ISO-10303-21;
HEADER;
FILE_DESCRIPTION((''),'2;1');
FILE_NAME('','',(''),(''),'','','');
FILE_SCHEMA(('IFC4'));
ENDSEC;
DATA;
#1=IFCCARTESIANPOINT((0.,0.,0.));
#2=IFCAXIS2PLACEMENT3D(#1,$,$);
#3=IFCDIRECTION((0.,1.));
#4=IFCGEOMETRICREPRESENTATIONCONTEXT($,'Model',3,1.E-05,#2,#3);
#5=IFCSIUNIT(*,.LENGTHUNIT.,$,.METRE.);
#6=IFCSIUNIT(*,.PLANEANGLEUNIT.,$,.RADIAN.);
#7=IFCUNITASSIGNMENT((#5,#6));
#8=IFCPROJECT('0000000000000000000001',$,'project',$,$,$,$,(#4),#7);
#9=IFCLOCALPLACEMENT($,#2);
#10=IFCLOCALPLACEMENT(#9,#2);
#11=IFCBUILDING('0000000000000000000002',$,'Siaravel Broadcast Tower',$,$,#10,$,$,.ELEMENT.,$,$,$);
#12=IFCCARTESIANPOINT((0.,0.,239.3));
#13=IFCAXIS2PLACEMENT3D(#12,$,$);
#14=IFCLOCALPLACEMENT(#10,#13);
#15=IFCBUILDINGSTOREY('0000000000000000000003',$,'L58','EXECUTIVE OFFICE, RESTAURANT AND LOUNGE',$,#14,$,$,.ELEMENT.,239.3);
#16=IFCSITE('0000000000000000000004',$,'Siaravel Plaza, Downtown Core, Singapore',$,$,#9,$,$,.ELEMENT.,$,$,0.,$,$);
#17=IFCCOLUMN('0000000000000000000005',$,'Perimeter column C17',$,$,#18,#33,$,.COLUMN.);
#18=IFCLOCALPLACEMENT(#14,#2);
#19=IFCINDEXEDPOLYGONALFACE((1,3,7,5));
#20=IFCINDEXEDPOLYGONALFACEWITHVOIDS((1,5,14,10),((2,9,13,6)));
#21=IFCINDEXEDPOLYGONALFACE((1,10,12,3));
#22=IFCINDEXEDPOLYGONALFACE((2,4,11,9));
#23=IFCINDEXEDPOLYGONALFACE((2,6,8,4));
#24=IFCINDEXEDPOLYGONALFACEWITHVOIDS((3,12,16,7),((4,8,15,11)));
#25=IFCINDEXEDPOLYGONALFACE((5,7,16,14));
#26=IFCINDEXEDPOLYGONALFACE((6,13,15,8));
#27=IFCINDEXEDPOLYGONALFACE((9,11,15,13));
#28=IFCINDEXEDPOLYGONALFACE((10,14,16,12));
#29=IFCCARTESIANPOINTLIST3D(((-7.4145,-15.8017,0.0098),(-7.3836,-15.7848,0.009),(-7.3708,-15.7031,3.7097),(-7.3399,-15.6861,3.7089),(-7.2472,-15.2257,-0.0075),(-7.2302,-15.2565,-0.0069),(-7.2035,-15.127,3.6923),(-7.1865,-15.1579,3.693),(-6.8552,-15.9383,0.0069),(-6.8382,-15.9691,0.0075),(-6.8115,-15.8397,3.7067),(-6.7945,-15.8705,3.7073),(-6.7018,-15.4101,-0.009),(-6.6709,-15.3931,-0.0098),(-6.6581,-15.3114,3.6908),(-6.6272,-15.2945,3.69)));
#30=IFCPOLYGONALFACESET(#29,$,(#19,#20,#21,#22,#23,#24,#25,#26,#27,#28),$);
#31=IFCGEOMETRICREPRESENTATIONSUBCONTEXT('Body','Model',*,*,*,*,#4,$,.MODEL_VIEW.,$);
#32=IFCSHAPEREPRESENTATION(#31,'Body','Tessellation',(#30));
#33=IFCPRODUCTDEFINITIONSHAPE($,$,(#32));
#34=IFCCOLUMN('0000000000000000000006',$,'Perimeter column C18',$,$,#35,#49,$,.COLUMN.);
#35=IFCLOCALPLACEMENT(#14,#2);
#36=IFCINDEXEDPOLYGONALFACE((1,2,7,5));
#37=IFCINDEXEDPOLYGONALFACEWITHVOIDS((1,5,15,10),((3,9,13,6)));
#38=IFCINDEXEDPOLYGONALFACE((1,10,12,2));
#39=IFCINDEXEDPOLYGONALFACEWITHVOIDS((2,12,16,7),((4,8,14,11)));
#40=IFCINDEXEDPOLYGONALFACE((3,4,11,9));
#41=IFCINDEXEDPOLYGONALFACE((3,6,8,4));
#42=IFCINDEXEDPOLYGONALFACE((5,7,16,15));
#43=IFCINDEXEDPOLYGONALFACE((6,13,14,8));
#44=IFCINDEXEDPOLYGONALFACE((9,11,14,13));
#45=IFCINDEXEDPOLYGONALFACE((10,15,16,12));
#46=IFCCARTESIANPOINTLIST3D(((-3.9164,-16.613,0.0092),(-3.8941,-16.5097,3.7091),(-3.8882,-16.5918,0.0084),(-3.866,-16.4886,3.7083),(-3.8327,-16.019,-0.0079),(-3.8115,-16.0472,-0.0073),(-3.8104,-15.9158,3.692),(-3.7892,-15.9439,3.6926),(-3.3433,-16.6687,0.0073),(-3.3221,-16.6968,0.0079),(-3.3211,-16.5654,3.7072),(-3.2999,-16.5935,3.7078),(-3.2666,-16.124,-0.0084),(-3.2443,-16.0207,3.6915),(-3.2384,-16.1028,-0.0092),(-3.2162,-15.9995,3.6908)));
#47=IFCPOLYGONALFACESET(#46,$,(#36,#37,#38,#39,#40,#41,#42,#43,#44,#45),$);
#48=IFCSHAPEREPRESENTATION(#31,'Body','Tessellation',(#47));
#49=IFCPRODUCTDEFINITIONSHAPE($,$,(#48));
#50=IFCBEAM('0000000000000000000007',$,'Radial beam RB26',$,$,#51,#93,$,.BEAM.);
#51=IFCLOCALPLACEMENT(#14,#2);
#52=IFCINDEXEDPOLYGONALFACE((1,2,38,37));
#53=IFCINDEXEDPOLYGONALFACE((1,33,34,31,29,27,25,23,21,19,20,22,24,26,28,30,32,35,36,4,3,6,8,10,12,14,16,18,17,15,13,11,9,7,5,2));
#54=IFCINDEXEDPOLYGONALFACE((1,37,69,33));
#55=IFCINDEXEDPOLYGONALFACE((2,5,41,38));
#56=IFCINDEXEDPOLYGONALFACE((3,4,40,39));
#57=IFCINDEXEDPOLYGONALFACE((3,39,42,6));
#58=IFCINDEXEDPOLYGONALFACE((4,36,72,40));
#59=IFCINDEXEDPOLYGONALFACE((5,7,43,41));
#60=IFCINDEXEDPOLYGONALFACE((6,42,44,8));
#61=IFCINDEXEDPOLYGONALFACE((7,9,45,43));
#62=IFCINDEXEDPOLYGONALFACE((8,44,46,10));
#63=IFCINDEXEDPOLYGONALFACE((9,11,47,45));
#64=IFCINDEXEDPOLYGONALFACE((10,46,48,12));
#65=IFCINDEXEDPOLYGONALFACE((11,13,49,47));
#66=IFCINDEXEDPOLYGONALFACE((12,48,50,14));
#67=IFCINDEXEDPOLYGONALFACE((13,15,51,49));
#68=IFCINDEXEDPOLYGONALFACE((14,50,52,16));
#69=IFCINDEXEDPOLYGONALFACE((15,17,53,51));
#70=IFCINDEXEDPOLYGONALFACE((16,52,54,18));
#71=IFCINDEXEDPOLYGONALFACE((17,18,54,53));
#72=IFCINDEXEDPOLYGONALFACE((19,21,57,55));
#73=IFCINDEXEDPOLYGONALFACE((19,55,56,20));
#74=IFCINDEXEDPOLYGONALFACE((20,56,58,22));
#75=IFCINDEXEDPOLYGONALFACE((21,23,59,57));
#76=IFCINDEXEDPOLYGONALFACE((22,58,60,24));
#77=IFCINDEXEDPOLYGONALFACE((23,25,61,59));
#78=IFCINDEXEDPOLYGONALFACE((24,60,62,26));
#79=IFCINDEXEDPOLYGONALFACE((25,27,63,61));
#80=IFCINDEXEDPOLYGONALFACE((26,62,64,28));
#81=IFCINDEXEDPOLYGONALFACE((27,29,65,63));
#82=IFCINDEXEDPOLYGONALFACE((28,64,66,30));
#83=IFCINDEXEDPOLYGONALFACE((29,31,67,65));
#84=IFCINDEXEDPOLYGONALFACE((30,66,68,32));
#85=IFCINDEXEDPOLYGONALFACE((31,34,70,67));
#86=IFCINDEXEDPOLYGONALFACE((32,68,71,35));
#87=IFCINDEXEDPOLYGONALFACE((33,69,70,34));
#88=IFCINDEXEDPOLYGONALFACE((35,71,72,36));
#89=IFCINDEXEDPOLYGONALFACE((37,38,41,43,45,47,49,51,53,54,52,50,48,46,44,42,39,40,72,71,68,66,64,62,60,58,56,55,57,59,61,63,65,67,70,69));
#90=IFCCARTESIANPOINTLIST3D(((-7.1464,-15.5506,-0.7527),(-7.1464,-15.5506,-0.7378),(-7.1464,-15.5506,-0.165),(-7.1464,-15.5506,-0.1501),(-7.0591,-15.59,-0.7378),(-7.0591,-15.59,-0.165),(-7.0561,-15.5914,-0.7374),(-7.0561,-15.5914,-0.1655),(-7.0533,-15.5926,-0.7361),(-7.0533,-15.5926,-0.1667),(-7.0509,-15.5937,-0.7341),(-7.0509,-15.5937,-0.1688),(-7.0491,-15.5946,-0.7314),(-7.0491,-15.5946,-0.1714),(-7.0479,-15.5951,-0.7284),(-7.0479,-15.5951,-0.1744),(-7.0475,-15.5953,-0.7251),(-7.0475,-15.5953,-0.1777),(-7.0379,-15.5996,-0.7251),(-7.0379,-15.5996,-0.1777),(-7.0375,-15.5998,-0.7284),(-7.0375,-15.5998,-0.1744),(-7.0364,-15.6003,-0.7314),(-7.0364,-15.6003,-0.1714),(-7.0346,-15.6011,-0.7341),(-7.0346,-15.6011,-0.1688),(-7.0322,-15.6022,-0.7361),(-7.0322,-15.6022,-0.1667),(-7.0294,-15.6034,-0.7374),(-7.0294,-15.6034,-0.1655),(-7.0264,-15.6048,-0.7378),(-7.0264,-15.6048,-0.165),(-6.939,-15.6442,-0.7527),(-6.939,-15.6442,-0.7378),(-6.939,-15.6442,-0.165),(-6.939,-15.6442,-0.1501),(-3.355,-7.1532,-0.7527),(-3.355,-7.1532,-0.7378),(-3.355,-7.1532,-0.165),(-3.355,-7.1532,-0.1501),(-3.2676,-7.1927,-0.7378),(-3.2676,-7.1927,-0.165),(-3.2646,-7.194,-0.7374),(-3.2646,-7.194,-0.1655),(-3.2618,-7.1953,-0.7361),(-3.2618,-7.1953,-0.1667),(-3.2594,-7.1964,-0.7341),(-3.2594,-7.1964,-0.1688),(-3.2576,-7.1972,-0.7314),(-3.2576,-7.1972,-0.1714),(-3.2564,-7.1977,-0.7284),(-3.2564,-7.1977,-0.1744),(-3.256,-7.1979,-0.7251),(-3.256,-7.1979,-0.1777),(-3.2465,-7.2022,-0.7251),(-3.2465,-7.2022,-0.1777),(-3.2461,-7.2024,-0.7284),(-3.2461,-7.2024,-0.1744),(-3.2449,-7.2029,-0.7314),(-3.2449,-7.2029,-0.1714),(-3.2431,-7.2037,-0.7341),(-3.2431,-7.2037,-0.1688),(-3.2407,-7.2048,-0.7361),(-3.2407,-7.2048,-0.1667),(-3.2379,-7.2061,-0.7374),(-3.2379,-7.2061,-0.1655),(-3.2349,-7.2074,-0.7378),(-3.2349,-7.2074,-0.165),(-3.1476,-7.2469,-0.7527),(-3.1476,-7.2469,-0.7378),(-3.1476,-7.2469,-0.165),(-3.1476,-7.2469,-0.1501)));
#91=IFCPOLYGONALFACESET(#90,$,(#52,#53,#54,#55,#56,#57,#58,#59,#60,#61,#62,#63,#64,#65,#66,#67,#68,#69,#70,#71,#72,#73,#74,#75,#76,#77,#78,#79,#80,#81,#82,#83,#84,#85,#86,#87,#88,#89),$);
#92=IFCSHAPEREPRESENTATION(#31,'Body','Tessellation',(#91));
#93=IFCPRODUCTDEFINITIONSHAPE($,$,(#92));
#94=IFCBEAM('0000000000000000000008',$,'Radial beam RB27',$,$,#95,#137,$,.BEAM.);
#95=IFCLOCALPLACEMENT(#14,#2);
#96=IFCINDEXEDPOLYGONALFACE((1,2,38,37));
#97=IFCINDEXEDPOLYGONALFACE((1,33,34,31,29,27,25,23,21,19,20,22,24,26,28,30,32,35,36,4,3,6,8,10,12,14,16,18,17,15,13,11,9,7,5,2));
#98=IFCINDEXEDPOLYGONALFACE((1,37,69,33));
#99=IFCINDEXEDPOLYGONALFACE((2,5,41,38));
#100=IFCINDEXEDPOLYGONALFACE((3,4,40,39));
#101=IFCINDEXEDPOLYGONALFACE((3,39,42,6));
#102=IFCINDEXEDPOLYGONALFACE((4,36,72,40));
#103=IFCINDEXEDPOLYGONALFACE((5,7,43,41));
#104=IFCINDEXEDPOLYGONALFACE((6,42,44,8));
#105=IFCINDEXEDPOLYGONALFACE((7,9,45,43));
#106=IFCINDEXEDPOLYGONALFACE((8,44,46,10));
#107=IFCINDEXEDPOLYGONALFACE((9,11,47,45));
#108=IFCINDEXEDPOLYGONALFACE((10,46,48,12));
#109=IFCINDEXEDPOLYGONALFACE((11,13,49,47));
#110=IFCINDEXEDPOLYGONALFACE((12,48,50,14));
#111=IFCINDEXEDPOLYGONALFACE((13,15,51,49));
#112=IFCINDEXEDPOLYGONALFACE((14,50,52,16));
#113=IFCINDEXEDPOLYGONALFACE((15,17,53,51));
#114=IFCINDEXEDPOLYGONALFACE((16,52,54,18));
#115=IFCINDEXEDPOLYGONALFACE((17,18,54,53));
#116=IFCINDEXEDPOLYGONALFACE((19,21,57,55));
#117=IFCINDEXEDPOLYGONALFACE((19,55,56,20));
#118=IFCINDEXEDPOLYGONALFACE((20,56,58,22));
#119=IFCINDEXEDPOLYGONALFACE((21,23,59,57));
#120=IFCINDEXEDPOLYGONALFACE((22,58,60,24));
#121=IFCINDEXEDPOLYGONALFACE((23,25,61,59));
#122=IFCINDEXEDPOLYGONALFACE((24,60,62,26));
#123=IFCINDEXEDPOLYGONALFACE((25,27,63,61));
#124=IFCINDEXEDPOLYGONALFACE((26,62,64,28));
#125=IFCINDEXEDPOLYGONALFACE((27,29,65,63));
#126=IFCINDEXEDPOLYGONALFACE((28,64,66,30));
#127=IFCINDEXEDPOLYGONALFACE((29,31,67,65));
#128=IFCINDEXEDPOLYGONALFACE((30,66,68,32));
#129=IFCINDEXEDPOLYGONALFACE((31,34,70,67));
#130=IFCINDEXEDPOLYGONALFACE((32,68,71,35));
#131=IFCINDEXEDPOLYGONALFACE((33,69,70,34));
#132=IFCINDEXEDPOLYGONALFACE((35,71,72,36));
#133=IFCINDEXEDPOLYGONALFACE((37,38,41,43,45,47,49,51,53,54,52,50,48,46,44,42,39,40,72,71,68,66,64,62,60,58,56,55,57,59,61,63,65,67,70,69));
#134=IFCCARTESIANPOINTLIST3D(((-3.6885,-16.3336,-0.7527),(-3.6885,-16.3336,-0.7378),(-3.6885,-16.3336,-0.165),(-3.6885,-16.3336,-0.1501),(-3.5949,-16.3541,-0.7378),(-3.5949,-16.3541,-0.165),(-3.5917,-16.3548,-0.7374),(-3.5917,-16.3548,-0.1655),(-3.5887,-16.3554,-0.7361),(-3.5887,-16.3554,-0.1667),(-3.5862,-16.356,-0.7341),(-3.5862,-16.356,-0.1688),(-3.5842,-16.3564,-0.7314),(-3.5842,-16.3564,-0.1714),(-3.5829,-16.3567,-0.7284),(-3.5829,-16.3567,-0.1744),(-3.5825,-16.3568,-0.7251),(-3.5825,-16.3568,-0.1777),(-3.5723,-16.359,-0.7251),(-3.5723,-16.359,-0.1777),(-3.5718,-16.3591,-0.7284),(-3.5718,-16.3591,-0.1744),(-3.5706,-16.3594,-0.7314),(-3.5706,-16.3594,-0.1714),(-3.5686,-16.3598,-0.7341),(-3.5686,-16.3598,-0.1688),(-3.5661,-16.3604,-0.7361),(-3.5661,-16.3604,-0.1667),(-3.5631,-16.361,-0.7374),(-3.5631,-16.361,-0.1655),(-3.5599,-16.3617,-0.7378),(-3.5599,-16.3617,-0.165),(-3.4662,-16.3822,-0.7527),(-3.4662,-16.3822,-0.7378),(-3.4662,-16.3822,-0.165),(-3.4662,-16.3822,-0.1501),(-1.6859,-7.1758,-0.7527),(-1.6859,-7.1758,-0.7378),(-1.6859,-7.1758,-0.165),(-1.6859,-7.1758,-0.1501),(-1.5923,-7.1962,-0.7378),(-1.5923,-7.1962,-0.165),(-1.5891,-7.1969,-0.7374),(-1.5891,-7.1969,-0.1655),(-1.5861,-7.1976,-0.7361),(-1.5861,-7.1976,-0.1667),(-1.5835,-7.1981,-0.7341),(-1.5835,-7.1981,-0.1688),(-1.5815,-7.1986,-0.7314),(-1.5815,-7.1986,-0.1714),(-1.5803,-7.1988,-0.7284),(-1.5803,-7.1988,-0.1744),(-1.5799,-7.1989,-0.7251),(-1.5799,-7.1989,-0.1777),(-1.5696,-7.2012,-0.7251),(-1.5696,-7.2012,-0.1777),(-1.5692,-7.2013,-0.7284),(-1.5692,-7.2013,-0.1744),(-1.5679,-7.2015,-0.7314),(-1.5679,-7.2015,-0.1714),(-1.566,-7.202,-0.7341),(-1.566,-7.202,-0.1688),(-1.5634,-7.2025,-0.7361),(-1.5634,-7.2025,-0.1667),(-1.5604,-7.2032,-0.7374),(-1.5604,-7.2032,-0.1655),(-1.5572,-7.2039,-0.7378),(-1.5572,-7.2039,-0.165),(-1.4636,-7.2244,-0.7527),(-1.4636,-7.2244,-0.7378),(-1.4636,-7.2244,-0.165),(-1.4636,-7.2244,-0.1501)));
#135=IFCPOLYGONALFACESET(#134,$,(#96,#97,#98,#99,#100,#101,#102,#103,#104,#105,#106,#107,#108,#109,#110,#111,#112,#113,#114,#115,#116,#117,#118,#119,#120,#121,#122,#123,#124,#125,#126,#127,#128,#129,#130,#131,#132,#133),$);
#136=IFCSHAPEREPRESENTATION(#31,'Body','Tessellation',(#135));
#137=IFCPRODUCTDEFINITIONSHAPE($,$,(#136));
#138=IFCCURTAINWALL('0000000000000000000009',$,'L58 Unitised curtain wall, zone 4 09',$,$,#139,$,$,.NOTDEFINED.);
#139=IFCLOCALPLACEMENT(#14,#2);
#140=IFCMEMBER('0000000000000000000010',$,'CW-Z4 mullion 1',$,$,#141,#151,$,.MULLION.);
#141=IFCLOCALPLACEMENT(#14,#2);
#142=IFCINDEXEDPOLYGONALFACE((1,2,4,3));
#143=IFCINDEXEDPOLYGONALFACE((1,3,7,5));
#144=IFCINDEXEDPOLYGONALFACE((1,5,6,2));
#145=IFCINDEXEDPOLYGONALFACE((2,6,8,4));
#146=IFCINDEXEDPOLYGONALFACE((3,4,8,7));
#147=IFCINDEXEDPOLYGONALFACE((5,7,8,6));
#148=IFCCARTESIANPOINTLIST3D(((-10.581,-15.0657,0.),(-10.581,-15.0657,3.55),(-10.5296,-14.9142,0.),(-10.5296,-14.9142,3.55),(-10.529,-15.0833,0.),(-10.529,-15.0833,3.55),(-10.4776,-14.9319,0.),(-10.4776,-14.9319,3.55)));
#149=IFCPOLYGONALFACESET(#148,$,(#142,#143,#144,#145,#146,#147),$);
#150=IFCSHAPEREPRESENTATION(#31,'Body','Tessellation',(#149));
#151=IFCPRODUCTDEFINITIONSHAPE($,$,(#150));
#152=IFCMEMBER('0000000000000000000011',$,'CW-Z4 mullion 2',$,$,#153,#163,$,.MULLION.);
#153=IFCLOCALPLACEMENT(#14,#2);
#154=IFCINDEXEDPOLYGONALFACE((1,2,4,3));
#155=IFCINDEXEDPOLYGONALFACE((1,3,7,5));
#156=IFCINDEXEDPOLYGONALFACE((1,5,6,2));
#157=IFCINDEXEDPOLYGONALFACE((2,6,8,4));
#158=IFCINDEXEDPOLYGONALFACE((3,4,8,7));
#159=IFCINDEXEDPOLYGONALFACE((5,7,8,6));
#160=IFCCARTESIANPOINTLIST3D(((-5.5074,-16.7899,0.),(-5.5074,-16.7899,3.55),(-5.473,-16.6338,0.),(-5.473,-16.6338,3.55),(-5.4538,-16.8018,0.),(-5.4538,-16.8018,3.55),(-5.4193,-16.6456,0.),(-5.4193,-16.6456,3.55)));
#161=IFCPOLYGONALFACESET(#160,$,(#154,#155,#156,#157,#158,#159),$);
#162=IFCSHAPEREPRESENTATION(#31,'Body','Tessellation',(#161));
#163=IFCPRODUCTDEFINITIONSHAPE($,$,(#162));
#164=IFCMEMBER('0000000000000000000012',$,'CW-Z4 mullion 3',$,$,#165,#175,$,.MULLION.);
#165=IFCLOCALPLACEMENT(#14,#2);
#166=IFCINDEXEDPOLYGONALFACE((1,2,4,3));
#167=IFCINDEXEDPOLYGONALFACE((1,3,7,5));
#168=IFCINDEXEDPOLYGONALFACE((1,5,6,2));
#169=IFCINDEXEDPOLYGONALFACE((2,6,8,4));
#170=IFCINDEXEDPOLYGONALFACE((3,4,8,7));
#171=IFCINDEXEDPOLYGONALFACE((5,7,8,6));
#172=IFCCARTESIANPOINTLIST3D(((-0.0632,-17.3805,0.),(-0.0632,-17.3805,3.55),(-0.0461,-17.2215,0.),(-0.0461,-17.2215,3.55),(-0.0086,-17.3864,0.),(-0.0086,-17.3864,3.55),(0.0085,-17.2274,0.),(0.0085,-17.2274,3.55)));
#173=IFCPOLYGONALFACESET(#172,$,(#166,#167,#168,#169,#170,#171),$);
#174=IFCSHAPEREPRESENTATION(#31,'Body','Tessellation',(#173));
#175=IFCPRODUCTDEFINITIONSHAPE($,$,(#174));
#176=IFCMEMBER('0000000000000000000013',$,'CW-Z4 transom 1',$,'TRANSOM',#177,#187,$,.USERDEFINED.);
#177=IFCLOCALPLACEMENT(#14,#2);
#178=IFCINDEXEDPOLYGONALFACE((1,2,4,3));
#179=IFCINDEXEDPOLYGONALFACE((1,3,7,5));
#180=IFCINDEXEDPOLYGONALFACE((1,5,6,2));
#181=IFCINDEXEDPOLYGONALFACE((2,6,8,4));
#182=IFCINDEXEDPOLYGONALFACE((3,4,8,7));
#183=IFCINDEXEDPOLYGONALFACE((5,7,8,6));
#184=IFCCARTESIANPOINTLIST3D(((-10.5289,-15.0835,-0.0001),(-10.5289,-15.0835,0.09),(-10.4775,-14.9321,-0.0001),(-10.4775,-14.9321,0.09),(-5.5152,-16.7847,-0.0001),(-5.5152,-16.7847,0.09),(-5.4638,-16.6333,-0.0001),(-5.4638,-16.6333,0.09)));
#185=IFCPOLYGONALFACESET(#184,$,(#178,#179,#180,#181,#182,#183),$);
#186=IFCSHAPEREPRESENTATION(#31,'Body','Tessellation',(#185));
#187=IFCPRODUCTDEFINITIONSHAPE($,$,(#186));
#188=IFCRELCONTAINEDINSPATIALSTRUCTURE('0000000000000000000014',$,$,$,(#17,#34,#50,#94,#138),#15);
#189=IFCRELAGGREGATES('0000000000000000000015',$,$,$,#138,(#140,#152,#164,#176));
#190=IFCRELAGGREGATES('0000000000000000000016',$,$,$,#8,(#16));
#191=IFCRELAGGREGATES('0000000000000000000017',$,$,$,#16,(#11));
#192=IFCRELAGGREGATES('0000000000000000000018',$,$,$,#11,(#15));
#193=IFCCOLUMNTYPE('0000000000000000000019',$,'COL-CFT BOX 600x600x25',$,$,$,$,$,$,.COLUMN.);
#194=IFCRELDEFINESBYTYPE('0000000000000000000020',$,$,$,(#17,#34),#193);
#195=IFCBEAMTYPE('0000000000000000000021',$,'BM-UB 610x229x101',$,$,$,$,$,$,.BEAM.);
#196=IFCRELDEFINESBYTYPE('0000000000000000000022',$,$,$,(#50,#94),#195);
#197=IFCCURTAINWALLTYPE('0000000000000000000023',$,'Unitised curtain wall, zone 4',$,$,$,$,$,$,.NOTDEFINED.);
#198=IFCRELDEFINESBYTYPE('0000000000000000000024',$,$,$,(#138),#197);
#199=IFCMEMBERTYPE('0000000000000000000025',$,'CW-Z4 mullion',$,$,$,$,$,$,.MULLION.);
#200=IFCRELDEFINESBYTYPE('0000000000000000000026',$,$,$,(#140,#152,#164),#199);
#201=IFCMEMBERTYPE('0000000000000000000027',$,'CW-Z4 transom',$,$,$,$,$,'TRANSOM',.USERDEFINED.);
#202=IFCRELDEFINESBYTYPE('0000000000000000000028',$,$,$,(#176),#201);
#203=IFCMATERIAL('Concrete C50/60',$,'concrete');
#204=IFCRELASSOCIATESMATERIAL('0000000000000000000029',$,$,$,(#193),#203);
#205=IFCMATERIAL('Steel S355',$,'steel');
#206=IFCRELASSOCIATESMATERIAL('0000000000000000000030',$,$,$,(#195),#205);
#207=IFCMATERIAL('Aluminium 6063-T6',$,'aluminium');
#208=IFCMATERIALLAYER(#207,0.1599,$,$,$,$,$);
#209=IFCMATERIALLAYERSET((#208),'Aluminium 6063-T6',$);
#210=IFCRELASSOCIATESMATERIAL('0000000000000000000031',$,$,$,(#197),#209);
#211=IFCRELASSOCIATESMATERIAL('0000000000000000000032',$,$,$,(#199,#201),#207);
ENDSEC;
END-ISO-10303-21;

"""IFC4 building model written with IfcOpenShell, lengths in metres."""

from ifc_helpers import new_model, si_unit, direction, frame, origin, origin_2d, place, context, subcontext, project, spatial, rectangle, hollow_rectangle, i_section, extrude, material, layer, layer_set, material_profile, profile_set, type_object, element, aggregate, save


model = new_model("IFC4")

# Units and contexts
model_context = context("Model", 3, precision=1e-05, world=origin(), true_north=direction((0.0, 1.0)))
body_context = subcontext(model_context, "Body", "Model", "MODEL_VIEW")
ifc_project = project(units=[si_unit("LENGTHUNIT", "METRE"), si_unit("PLANEANGLEUNIT", "RADIAN")], contexts=[model_context])

# Site, building, storey
site_placement = place(None, origin())
site = spatial("IfcSite", under=ifc_project, at=site_placement, Name="Siaravel Plaza, Downtown Core, Singapore", CompositionType="ELEMENT", RefElevation=0.0)
building_placement = place(site_placement, origin())
building = spatial("IfcBuilding", under=site, at=building_placement, Name="Siaravel Broadcast Tower", CompositionType="ELEMENT")
storey_placement = place(building_placement, frame((0.0, 0.0, 239.3)))
storey = spatial("IfcBuildingStorey", under=building, at=storey_placement, Name="L58", Description="EXECUTIVE OFFICE, RESTAURANT AND LOUNGE", CompositionType="ELEMENT", Elevation=239.3)

# Columns
ifc_material_1 = material(Name="Concrete C50/60", Category="concrete")
ifc_material_profile_1 = material_profile(ifc_material_1, hollow_rectangle(XDim=0.6001, YDim=0.6001, WallThickness=0.0249, at=origin_2d()))
ifc_profile_set_1 = profile_set([ifc_material_profile_1], Name="Concrete C50/60")
column_type = type_object("IfcColumnType", Name="COL-CFT BOX 600x600x25", PredefinedType="COLUMN", material=ifc_profile_set_1)
for number, where, z_axis, x_axis, name in (
    (1, (-7.0427, -15.5974, 0.0), (0.011806, 0.026647, 0.999575), (-0.960287, 0.278987, 0.003905), "Perimeter column C17"),
    (2, (-3.5774, -16.3579, 0.0), (0.006002, 0.0279, 0.999593), (-0.990206, 0.139599, 0.002049), "Perimeter column C18"),
):
    element("IfcColumn", number, at=place(storey_placement, frame(where, z_axis=z_axis, x_axis=x_axis)), inside=storey, type_object=column_type, Name=name, PredefinedType="COLUMN", context=body_context, shape_type="SweptSolid", body=[
        extrude(hollow_rectangle(XDim=0.6001, YDim=0.6001, WallThickness=0.0249, at=origin_2d()), origin(), (0.0, 0.0, 1.0), 3.7014),
    ])

# Beams
ifc_material_2 = material(Name="Steel S355", Category="steel")
ifc_material_profile_2 = material_profile(ifc_material_2, i_section(OverallWidth=0.2275, OverallDepth=0.6025, WebThickness=0.0105, FlangeThickness=0.0149, FilletRadius=0.0127, at=origin_2d()))
ifc_profile_set_2 = profile_set([ifc_material_profile_2], Name="Steel S355")
beam_type = type_object("IfcBeamType", Name="BM-UB 610x229x101", PredefinedType="BEAM", material=ifc_profile_set_2)
beam_1_placement = place(storey_placement, frame((-7.0427, -15.5974, -0.4514), z_axis=(0.411506, 0.911407, 0.0), x_axis=(-0.911407, 0.411506, 0.0)))
element("IfcBeam", 3, at=beam_1_placement, inside=storey, type_object=beam_type, Name="Radial beam RB26", PredefinedType="BEAM", context=body_context, shape_type="SweptSolid", body=[
    extrude(i_section(OverallWidth=0.2275, OverallDepth=0.6025, WebThickness=0.0105, FlangeThickness=0.0149, FilletRadius=0.0127, at=origin_2d()), origin(), (0.0, 0.0, 1.0), 9.2136),
])
beam_2_placement = place(storey_placement, frame((-3.5774, -16.3579, -0.4514), z_axis=(0.213634, 0.976914, 0.0), x_axis=(-0.976914, 0.213634, 0.0)))
element("IfcBeam", 4, at=beam_2_placement, inside=storey, type_object=beam_type, Name="Radial beam RB27", PredefinedType="BEAM", context=body_context, shape_type="SweptSolid", body=[
    extrude(i_section(OverallWidth=0.2275, OverallDepth=0.6025, WebThickness=0.0105, FlangeThickness=0.0149, FilletRadius=0.0127, at=origin_2d()), origin(), (0.0, 0.0, 1.0), 9.3743),
])

# Curtain wall, members
ifc_material_3 = material(Name="Aluminium 6063-T6", Category="aluminium")
ifc_layer_1 = layer(ifc_material_3, 0.1599)
ifc_layer_set_1 = layer_set([ifc_layer_1], Name="Aluminium 6063-T6")
curtain_wall_type = type_object("IfcCurtainWallType", Name="Unitised curtain wall, zone 4", PredefinedType="NOTDEFINED", material=ifc_layer_set_1)
curtain_wall_placement = place(storey_placement, origin())
curtain_wall = element("IfcCurtainWall", 5, at=curtain_wall_placement, inside=storey, type_object=curtain_wall_type, Name="L58 Unitised curtain wall, zone 4 09", PredefinedType="NOTDEFINED")
ifc_material_profile_3 = material_profile(ifc_material_3, rectangle(XDim=0.1599, YDim=0.0549, at=origin_2d()))
ifc_profile_set_3 = profile_set([ifc_material_profile_3], Name="Aluminium 6063-T6")
member_type_1 = type_object("IfcMemberType", Name="CW-Z4 mullion", PredefinedType="MULLION", material=ifc_profile_set_3)
member_1_placement = place(storey_placement, frame((-10.5293, -14.9988, 0.0), z_axis=(0.0, 0.0, 1.0), x_axis=(0.321301, 0.946977, 0.0)))
member_1 = element("IfcMember", 6, at=member_1_placement, type_object=member_type_1, Name="CW-Z4 mullion 1", PredefinedType="MULLION", context=body_context, shape_type="SweptSolid", body=[
    extrude(rectangle(XDim=0.1599, YDim=0.0549, at=origin_2d()), origin(), (0.0, 0.0, 1.0), 3.55),
])
member_2_placement = place(storey_placement, frame((-5.4634, -16.7178, 0.0), z_axis=(0.0, 0.0, 1.0), x_axis=(0.215559, 0.976491, 0.0)))
member_2 = element("IfcMember", 7, at=member_2_placement, type_object=member_type_1, Name="CW-Z4 mullion 2", PredefinedType="MULLION", context=body_context, shape_type="SweptSolid", body=[
    extrude(rectangle(XDim=0.1599, YDim=0.0549, at=origin_2d()), origin(), (0.0, 0.0, 1.0), 3.55),
])
member_3_placement = place(storey_placement, frame((-0.0273, -17.304, 0.0), z_axis=(0.0, 0.0, 1.0), x_axis=(0.107218, 0.994236, 0.0)))
member_3 = element("IfcMember", 8, at=member_3_placement, type_object=member_type_1, Name="CW-Z4 mullion 3", PredefinedType="MULLION", context=body_context, shape_type="SweptSolid", body=[
    extrude(rectangle(XDim=0.1599, YDim=0.0549, at=origin_2d()), origin(), (0.0, 0.0, 1.0), 3.55),
])
ifc_material_profile_4 = material_profile(ifc_material_3, rectangle(XDim=0.1599, YDim=0.0901, at=origin_2d()))
ifc_profile_set_4 = profile_set([ifc_material_profile_4], Name="Aluminium 6063-T6")
member_type_2 = type_object("IfcMemberType", Name="CW-Z4 transom", ElementType="TRANSOM", PredefinedType="USERDEFINED", material=ifc_profile_set_4)
member_4_placement = place(storey_placement, frame((-10.5032, -15.0078, 0.0449), z_axis=(0.946973, -0.321314, 0.0), x_axis=(0.321314, 0.946973, 0.0)))
member_4 = element("IfcMember", 9, at=member_4_placement, type_object=member_type_2, Name="CW-Z4 transom 1", ObjectType="TRANSOM", PredefinedType="USERDEFINED", context=body_context, shape_type="SweptSolid", body=[
    extrude(rectangle(XDim=0.1599, YDim=0.0901, at=origin_2d()), origin(), (0.0, 0.0, 1.0), 5.2944),
])

aggregate(curtain_wall, [member_1, member_2, member_3, member_4])

save(model, "model.ifc")
